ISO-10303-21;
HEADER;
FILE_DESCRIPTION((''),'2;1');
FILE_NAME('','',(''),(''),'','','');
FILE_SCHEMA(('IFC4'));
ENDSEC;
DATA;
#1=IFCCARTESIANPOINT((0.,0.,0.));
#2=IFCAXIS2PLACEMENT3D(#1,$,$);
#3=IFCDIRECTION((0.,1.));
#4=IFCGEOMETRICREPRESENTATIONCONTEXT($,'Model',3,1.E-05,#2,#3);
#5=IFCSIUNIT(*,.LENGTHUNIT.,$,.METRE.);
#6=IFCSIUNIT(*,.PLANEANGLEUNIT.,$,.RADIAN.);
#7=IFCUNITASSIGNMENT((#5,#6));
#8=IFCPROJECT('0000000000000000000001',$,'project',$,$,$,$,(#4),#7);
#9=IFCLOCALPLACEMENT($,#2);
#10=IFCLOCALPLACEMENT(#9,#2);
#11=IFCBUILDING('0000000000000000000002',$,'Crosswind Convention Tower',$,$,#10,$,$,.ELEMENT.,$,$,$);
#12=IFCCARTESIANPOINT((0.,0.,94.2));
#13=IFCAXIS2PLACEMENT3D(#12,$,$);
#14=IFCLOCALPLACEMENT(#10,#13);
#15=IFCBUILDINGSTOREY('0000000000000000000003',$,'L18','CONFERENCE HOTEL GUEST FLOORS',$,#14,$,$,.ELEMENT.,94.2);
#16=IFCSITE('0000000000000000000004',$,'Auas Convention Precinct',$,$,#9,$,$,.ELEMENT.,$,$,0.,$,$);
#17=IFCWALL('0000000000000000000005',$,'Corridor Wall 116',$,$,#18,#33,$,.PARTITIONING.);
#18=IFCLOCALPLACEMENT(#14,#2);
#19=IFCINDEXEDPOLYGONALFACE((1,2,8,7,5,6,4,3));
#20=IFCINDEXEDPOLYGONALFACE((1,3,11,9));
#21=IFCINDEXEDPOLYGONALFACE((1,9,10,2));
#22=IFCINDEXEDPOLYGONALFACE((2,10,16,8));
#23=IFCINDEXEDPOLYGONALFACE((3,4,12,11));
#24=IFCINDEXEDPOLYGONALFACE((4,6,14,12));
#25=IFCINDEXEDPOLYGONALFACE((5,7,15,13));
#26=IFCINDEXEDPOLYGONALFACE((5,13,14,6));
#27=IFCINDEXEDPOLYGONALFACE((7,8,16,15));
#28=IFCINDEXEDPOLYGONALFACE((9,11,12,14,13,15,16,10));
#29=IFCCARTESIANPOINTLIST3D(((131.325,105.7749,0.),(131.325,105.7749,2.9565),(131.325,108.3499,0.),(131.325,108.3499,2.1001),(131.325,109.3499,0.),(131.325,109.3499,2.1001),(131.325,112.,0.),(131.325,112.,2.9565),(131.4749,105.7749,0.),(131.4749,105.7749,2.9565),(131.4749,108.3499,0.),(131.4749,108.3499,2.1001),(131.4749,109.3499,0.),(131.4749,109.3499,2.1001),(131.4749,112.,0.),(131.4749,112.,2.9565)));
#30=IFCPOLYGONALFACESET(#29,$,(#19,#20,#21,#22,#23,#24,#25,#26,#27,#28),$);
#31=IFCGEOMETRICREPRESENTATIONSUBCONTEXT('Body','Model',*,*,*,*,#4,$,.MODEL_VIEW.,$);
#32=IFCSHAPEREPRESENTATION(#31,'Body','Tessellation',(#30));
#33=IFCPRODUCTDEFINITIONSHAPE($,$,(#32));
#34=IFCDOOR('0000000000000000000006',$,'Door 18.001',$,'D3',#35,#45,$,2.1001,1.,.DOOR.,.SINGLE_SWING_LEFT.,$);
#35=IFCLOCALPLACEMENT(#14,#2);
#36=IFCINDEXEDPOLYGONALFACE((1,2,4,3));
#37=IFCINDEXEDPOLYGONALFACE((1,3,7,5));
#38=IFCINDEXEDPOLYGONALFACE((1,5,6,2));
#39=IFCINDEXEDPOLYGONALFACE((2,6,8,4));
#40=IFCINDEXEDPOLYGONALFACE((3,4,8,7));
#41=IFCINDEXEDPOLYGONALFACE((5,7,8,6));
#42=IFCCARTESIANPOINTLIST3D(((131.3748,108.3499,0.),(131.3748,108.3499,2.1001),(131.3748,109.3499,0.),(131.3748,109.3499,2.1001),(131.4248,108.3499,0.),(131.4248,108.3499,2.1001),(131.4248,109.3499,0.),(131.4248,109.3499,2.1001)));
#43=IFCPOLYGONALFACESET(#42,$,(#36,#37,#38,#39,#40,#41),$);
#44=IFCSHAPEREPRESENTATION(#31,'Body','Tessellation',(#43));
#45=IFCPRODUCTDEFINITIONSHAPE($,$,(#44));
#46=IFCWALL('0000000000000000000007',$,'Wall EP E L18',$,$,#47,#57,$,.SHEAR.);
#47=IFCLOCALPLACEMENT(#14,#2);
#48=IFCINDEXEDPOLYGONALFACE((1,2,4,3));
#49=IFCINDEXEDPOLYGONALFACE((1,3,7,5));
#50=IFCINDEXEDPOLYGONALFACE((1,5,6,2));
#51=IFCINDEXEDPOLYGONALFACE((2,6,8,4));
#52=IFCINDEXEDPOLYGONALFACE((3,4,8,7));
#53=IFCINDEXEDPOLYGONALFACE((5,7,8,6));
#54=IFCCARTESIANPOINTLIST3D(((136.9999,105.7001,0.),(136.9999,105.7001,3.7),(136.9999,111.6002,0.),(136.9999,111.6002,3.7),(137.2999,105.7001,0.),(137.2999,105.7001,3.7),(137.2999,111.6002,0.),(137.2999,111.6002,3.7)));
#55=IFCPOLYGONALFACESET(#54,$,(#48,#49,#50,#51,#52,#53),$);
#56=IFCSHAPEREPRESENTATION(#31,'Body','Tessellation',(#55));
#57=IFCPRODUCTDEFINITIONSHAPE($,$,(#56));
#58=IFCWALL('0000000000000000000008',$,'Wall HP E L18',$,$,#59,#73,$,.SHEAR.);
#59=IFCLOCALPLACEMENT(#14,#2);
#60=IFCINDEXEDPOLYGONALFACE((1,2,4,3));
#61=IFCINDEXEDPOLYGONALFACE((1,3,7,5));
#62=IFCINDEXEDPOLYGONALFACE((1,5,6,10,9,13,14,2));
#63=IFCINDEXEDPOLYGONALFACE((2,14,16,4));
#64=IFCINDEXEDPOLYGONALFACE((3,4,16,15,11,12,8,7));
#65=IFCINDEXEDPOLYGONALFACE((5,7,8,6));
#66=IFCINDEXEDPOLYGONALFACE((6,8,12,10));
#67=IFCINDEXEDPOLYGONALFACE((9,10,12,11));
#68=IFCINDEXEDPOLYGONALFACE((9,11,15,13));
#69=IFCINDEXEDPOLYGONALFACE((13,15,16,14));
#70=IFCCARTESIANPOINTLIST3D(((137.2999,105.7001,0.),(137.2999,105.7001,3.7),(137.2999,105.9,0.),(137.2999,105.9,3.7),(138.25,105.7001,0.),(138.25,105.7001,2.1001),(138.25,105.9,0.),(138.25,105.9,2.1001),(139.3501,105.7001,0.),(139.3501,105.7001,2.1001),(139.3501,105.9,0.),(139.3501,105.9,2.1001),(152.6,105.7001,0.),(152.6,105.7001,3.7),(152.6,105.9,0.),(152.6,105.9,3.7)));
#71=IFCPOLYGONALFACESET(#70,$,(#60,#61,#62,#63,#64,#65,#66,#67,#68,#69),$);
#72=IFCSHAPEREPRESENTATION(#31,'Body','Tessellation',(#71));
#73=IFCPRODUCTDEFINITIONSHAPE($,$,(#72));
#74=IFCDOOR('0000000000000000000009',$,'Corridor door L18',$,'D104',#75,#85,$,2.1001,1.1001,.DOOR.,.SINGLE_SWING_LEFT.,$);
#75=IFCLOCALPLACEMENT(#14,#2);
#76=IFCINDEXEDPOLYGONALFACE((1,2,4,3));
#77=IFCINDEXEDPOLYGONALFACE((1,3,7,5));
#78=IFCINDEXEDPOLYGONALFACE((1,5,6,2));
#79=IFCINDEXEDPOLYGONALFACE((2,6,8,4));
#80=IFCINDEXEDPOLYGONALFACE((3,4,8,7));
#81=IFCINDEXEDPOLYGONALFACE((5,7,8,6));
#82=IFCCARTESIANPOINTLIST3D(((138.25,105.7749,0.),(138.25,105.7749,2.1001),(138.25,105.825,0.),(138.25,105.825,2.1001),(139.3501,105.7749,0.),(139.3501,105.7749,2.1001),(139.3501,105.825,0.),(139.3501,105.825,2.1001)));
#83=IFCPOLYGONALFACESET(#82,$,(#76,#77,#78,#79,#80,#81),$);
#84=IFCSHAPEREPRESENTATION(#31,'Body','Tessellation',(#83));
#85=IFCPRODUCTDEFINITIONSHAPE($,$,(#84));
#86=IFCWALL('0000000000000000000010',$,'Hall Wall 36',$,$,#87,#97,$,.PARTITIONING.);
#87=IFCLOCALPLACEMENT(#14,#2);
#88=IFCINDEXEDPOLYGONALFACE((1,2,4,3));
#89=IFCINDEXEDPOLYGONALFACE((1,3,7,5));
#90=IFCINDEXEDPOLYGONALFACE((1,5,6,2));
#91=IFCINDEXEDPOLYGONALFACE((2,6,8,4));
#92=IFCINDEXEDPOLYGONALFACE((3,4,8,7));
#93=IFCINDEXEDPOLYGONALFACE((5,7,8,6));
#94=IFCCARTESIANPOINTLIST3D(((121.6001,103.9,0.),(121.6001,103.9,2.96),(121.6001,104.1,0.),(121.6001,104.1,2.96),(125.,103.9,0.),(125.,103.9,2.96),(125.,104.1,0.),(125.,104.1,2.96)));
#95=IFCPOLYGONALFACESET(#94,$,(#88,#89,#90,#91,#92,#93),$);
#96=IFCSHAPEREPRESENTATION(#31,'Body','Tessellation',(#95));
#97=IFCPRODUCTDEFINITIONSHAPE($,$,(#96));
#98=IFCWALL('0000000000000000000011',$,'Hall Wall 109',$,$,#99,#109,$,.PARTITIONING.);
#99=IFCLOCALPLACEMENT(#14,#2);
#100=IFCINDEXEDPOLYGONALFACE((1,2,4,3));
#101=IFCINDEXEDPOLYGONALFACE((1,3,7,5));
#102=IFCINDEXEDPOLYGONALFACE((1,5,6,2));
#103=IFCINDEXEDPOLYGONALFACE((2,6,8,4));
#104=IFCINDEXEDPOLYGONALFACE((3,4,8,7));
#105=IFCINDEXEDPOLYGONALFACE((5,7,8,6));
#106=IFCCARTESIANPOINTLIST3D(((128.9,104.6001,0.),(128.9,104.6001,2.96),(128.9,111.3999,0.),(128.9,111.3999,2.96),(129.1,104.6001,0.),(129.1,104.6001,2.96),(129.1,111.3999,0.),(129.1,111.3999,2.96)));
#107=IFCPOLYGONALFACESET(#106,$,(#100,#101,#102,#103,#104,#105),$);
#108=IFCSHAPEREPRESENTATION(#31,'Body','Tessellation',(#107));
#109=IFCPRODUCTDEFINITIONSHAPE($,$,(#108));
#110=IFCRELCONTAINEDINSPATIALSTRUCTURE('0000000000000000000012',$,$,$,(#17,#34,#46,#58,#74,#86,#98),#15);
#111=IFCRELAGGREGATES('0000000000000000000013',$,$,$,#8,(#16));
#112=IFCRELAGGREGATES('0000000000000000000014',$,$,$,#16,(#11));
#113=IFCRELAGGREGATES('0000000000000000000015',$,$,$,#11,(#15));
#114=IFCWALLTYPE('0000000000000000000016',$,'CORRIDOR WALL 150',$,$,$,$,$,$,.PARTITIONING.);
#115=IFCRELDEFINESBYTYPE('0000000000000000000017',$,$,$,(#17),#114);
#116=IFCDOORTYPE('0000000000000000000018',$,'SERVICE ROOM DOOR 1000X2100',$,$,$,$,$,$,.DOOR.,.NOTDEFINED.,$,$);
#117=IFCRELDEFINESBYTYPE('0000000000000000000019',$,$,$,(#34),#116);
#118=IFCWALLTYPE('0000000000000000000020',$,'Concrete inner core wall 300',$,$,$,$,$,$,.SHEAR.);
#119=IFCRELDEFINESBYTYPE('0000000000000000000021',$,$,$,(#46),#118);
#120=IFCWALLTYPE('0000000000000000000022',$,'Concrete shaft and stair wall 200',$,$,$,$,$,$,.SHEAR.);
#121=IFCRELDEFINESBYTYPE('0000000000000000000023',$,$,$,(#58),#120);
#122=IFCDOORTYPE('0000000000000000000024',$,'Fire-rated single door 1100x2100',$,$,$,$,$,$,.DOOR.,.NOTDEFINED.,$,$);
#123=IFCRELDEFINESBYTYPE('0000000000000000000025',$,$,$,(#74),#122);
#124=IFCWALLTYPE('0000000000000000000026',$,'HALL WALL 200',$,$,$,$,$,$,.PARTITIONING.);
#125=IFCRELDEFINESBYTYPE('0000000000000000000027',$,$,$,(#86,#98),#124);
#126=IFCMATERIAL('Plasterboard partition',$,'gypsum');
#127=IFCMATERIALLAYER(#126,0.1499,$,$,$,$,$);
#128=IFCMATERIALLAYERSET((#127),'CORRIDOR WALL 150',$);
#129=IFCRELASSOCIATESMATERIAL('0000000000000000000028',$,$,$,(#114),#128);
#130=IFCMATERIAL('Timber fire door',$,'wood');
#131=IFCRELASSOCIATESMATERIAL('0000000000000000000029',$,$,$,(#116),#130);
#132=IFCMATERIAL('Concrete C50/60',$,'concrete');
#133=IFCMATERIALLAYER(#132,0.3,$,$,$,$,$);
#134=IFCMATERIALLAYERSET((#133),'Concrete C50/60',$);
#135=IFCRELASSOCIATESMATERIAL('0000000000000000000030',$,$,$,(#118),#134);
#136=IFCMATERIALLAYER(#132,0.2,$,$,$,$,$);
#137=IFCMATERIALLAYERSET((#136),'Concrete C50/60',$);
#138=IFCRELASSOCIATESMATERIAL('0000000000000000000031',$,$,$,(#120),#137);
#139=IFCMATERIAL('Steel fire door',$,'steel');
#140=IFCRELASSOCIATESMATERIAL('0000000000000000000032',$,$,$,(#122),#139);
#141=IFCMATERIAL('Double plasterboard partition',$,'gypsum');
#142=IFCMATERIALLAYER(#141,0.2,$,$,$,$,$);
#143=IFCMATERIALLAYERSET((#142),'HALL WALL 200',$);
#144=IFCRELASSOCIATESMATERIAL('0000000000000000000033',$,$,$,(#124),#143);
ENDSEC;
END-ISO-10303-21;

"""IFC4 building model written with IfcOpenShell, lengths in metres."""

from ifc_helpers import new_model, si_unit, direction, frame, frame_2d, origin, place, context, subcontext, project, spatial, rectangle, extrude, material, layer, layer_set, type_object, element, fill, save


model = new_model("IFC4")

# Units and contexts
model_context = context("Model", 3, precision=1e-05, world=origin(), true_north=direction((0.0, 1.0)))
body_context = subcontext(model_context, "Body", "Model", "MODEL_VIEW")
ifc_project = project(units=[si_unit("LENGTHUNIT", "METRE"), si_unit("PLANEANGLEUNIT", "RADIAN")], contexts=[model_context])

# Site, building, storey
site_placement = place(None, origin())
site = spatial("IfcSite", under=ifc_project, at=site_placement, Name="Auas Convention Precinct", CompositionType="ELEMENT", RefElevation=0.0)
building_placement = place(site_placement, origin())
building = spatial("IfcBuilding", under=site, at=building_placement, Name="Crosswind Convention Tower", CompositionType="ELEMENT")
storey_placement = place(building_placement, frame((0.0, 0.0, 94.2)))
storey = spatial("IfcBuildingStorey", under=building, at=storey_placement, Name="L18", Description="CONFERENCE HOTEL GUEST FLOORS", CompositionType="ELEMENT", Elevation=94.2)

# Shared definitions
ifc_material_1 = material(Name="Steel fire door", Category="steel")

# Shared definitions
ifc_material_2 = material(Name="Plasterboard partition", Category="gypsum")
ifc_layer_1 = layer(ifc_material_2, 0.1499)
ifc_layer_set_1 = layer_set([ifc_layer_1], Name="CORRIDOR WALL 150")
wall_type_1 = type_object("IfcWallType", Name="CORRIDOR WALL 150", PredefinedType="PARTITIONING", material=ifc_layer_set_1)

# Wall, opening, door
wall_1_placement = place(storey_placement, frame((131.3999, 105.7749, 0.0), z_axis=(0.0, 0.0, 1.0), x_axis=(0.0, 1.0, 0.0)))
wall_1 = element("IfcWall", 1, at=wall_1_placement, inside=storey, type_object=wall_type_1, Name="Corridor Wall 116", PredefinedType="PARTITIONING", context=body_context, shape_type="SweptSolid", body=[
    extrude(rectangle(XDim=6.2251, YDim=0.1499, at=frame_2d((3.1125, 0.0))), origin(), (0.0, 0.0, 1.0), 2.9565),
])
opening_1_placement = place(wall_1_placement, frame((2.575, 0.0, 0.0)))
opening_1 = element("IfcOpeningElement", 2, at=opening_1_placement, cuts=wall_1, PredefinedType="OPENING", context=body_context, shape_type="SweptSolid", body=[
    extrude(rectangle(XDim=1.0, YDim=2.1001, at=frame_2d((0.5, 1.05))), frame((0.0, 0.085, 0.0), z_axis=(0.0, -1.0, 0.0), x_axis=(1.0, 0.0, 0.0)), (0.0, 0.0, 1.0), 0.1699),
])
ifc_material_3 = material(Name="Timber fire door", Category="wood")
door_type_1 = type_object("IfcDoorType", Name="SERVICE ROOM DOOR 1000X2100", OperationType="NOTDEFINED", PredefinedType="DOOR", material=ifc_material_3)
door_1_placement = place(opening_1_placement, frame((1.0, 0.0, 0.0), z_axis=(0.0, 0.0, 1.0), x_axis=(-1.0, 0.0, 0.0)))
door_1 = element("IfcDoor", 3, at=door_1_placement, inside=storey, type_object=door_type_1, Name="Door 18.001", ObjectType="D3", OperationType="SINGLE_SWING_LEFT", OverallHeight=2.1001, OverallWidth=1.0, PredefinedType="DOOR", context=body_context, shape_type="SweptSolid", body=[
    extrude(rectangle(XDim=1.0, YDim=2.1001, at=frame_2d((0.5, 1.05))), frame((0.0, 0.0249, 0.0), z_axis=(0.0, -1.0, 0.0), x_axis=(1.0, 0.0, 0.0)), (0.0, 0.0, 1.0), 0.05),
])
fill(opening_1, door_1)

# Wall
ifc_material_4 = material(Name="Concrete C50/60", Category="concrete")
ifc_layer_2 = layer(ifc_material_4, 0.3)
ifc_layer_set_2 = layer_set([ifc_layer_2], Name="Concrete C50/60")
wall_type_2 = type_object("IfcWallType", Name="Concrete inner core wall 300", PredefinedType="SHEAR", material=ifc_layer_set_2)
wall_2_placement = place(storey_placement, frame((137.1499, 105.7, 0.0), z_axis=(0.0, 0.0, 1.0), x_axis=(0.0, 1.0, 0.0)))
element("IfcWall", 4, at=wall_2_placement, inside=storey, type_object=wall_type_2, Name="Wall EP E L18", PredefinedType="SHEAR", context=body_context, shape_type="SweptSolid", body=[
    extrude(rectangle(XDim=5.9001, YDim=0.3, at=frame_2d((2.9502, 0.0))), origin(), (0.0, 0.0, 1.0), 3.7),
])

# Wall, opening, door
ifc_layer_3 = layer(ifc_material_4, 0.2)
ifc_layer_set_3 = layer_set([ifc_layer_3], Name="Concrete C50/60")
wall_type_3 = type_object("IfcWallType", Name="Concrete shaft and stair wall 200", PredefinedType="SHEAR", material=ifc_layer_set_3)
wall_3_placement = place(storey_placement, frame((137.3, 105.8, 0.0), z_axis=(0.0, 0.0, 1.0), x_axis=(1.0, 0.0, 0.0)))
wall_3 = element("IfcWall", 5, at=wall_3_placement, inside=storey, type_object=wall_type_3, Name="Wall HP E L18", PredefinedType="SHEAR", context=body_context, shape_type="SweptSolid", body=[
    extrude(rectangle(XDim=15.3, YDim=0.2, at=frame_2d((7.6499, 0.0))), origin(), (0.0, 0.0, 1.0), 3.7),
])
opening_2_placement = place(wall_3_placement, frame((0.95, 0.0, 0.0)))
opening_2 = element("IfcOpeningElement", 6, at=opening_2_placement, cuts=wall_3, PredefinedType="OPENING", context=body_context, shape_type="SweptSolid", body=[
    extrude(rectangle(XDim=1.1001, YDim=2.1001, at=frame_2d((0.55, 1.05))), frame((0.0, 0.1099, 0.0), z_axis=(0.0, -1.0, 0.0), x_axis=(1.0, 0.0, 0.0)), (0.0, 0.0, 1.0), 0.22),
])
door_type_2 = type_object("IfcDoorType", Name="Fire-rated single door 1100x2100", OperationType="NOTDEFINED", PredefinedType="DOOR", material=ifc_material_1)
door_2_placement = place(opening_2_placement, origin())
door_2 = element("IfcDoor", 7, at=door_2_placement, inside=storey, type_object=door_type_2, Name="Corridor door L18", ObjectType="D104", OperationType="SINGLE_SWING_LEFT", OverallHeight=2.1001, OverallWidth=1.1001, PredefinedType="DOOR", context=body_context, shape_type="SweptSolid", body=[
    extrude(rectangle(XDim=1.1001, YDim=2.1001, at=frame_2d((0.55, 1.05))), frame((0.0, 0.0249, 0.0), z_axis=(0.0, -1.0, 0.0), x_axis=(1.0, 0.0, 0.0)), (0.0, 0.0, 1.0), 0.05),
])
fill(opening_2, door_2)

# Walls
ifc_material_5 = material(Name="Double plasterboard partition", Category="gypsum")
ifc_layer_4 = layer(ifc_material_5, 0.2)
ifc_layer_set_4 = layer_set([ifc_layer_4], Name="HALL WALL 200")
wall_type_4 = type_object("IfcWallType", Name="HALL WALL 200", PredefinedType="PARTITIONING", material=ifc_layer_set_4)
wall_4_placement = place(storey_placement, frame((121.6001, 104.0, 0.0), z_axis=(0.0, 0.0, 1.0), x_axis=(1.0, 0.0, 0.0)))
element("IfcWall", 8, at=wall_4_placement, inside=storey, type_object=wall_type_4, Name="Hall Wall 36", PredefinedType="PARTITIONING", context=body_context, shape_type="SweptSolid", body=[
    extrude(rectangle(XDim=3.3999, YDim=0.2, at=frame_2d((1.7, 0.0))), origin(), (0.0, 0.0, 1.0), 2.96),
])
wall_5_placement = place(storey_placement, frame((129.0, 104.6001, 0.0), z_axis=(0.0, 0.0, 1.0), x_axis=(0.0, 1.0, 0.0)))
element("IfcWall", 9, at=wall_5_placement, inside=storey, type_object=wall_type_4, Name="Hall Wall 109", PredefinedType="PARTITIONING", context=body_context, shape_type="SweptSolid", body=[
    extrude(rectangle(XDim=6.7998, YDim=0.2, at=frame_2d((3.3999, 0.0))), origin(), (0.0, 0.0, 1.0), 2.96),
])

save(model, "model.ifc")
